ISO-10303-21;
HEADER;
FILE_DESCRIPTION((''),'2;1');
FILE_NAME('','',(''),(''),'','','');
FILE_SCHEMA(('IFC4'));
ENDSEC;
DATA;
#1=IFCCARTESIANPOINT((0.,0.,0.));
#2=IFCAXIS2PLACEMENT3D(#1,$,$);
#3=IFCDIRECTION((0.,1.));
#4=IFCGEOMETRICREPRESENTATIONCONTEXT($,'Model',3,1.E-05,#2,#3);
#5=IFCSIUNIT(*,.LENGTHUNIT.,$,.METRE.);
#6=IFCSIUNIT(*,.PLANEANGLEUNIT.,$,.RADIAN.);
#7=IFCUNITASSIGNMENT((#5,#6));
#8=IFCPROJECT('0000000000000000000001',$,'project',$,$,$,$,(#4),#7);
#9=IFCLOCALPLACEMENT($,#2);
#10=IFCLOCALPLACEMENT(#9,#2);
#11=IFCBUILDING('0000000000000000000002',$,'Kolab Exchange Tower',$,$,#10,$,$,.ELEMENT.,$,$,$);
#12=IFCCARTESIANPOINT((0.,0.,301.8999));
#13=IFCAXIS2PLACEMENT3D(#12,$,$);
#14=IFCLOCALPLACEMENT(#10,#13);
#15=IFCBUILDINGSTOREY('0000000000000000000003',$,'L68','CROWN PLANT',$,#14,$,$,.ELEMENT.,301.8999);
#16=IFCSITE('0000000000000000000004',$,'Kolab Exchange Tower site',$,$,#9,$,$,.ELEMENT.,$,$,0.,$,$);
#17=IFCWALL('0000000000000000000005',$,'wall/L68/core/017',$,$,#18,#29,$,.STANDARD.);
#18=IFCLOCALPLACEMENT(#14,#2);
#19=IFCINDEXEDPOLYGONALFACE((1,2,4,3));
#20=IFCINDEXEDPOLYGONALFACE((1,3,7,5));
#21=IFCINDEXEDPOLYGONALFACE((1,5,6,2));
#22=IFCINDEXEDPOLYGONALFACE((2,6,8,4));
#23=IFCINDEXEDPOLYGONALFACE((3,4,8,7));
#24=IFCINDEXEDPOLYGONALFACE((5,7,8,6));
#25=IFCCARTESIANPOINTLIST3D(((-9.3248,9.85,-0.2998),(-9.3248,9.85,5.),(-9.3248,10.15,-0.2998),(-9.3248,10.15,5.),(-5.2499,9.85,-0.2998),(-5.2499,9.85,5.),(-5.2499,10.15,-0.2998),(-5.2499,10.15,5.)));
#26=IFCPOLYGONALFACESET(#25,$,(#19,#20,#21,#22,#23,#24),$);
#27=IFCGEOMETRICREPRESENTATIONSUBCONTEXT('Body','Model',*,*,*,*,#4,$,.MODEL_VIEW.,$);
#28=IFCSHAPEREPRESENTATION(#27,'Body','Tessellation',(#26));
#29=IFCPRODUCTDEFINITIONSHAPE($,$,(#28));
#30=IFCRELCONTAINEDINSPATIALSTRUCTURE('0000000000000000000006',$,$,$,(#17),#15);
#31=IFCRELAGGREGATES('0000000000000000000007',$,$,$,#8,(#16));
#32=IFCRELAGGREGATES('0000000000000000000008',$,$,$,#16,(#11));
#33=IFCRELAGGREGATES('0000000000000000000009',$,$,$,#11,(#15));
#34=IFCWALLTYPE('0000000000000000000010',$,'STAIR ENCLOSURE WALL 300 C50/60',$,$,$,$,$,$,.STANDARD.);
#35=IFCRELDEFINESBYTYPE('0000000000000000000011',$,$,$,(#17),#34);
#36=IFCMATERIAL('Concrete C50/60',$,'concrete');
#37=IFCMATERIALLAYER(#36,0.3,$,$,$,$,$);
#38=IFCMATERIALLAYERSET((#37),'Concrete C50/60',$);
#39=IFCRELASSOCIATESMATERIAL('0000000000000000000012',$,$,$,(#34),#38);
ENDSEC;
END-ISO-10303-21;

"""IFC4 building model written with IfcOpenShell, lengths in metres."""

from ifc_helpers import new_model, si_unit, direction, frame, frame_2d, origin, place, context, subcontext, project, spatial, rectangle, extrude, material, layer, layer_set, type_object, element, save


model = new_model("IFC4")

# Units and contexts
model_context = context("Model", 3, precision=1e-05, world=origin(), true_north=direction((0.0, 1.0)))
body_context = subcontext(model_context, "Body", "Model", "MODEL_VIEW")
ifc_project = project(units=[si_unit("LENGTHUNIT", "METRE"), si_unit("PLANEANGLEUNIT", "RADIAN")], contexts=[model_context])

# Site, building, storey
site_placement = place(None, origin())
site = spatial("IfcSite", under=ifc_project, at=site_placement, Name="Kolab Exchange Tower site", CompositionType="ELEMENT", RefElevation=0.0)
building_placement = place(site_placement, origin())
building = spatial("IfcBuilding", under=site, at=building_placement, Name="Kolab Exchange Tower", CompositionType="ELEMENT")
storey_placement = place(building_placement, frame((0.0, 0.0, 301.8999)))
storey = spatial("IfcBuildingStorey", under=building, at=storey_placement, Name="L68", Description="CROWN PLANT", CompositionType="ELEMENT", Elevation=301.8999)

# Shared definitions
ifc_material_1 = material(Name="Concrete C50/60", Category="concrete")

# Wall
ifc_layer_1 = layer(ifc_material_1, 0.3)
ifc_layer_set_1 = layer_set([ifc_layer_1], Name="Concrete C50/60")
wall_type_1 = type_object("IfcWallType", Name="STAIR ENCLOSURE WALL 300 C50/60", PredefinedType="STANDARD", material=ifc_layer_set_1)
wall_1_placement = place(storey_placement, frame((-9.325, 10.0, -0.2998), z_axis=(0.0, 0.0, 1.0), x_axis=(1.0, 0.0, 0.0)))
element("IfcWall", 1, at=wall_1_placement, inside=storey, type_object=wall_type_1, Name="wall/L68/core/017", PredefinedType="STANDARD", context=body_context, shape_type="SweptSolid", body=[
    extrude(rectangle(XDim=4.075, YDim=0.3, at=frame_2d((2.0376, 0.0))), origin(), (0.0, 0.0, 1.0), 5.2998),
])

save(model, "model.ifc")
